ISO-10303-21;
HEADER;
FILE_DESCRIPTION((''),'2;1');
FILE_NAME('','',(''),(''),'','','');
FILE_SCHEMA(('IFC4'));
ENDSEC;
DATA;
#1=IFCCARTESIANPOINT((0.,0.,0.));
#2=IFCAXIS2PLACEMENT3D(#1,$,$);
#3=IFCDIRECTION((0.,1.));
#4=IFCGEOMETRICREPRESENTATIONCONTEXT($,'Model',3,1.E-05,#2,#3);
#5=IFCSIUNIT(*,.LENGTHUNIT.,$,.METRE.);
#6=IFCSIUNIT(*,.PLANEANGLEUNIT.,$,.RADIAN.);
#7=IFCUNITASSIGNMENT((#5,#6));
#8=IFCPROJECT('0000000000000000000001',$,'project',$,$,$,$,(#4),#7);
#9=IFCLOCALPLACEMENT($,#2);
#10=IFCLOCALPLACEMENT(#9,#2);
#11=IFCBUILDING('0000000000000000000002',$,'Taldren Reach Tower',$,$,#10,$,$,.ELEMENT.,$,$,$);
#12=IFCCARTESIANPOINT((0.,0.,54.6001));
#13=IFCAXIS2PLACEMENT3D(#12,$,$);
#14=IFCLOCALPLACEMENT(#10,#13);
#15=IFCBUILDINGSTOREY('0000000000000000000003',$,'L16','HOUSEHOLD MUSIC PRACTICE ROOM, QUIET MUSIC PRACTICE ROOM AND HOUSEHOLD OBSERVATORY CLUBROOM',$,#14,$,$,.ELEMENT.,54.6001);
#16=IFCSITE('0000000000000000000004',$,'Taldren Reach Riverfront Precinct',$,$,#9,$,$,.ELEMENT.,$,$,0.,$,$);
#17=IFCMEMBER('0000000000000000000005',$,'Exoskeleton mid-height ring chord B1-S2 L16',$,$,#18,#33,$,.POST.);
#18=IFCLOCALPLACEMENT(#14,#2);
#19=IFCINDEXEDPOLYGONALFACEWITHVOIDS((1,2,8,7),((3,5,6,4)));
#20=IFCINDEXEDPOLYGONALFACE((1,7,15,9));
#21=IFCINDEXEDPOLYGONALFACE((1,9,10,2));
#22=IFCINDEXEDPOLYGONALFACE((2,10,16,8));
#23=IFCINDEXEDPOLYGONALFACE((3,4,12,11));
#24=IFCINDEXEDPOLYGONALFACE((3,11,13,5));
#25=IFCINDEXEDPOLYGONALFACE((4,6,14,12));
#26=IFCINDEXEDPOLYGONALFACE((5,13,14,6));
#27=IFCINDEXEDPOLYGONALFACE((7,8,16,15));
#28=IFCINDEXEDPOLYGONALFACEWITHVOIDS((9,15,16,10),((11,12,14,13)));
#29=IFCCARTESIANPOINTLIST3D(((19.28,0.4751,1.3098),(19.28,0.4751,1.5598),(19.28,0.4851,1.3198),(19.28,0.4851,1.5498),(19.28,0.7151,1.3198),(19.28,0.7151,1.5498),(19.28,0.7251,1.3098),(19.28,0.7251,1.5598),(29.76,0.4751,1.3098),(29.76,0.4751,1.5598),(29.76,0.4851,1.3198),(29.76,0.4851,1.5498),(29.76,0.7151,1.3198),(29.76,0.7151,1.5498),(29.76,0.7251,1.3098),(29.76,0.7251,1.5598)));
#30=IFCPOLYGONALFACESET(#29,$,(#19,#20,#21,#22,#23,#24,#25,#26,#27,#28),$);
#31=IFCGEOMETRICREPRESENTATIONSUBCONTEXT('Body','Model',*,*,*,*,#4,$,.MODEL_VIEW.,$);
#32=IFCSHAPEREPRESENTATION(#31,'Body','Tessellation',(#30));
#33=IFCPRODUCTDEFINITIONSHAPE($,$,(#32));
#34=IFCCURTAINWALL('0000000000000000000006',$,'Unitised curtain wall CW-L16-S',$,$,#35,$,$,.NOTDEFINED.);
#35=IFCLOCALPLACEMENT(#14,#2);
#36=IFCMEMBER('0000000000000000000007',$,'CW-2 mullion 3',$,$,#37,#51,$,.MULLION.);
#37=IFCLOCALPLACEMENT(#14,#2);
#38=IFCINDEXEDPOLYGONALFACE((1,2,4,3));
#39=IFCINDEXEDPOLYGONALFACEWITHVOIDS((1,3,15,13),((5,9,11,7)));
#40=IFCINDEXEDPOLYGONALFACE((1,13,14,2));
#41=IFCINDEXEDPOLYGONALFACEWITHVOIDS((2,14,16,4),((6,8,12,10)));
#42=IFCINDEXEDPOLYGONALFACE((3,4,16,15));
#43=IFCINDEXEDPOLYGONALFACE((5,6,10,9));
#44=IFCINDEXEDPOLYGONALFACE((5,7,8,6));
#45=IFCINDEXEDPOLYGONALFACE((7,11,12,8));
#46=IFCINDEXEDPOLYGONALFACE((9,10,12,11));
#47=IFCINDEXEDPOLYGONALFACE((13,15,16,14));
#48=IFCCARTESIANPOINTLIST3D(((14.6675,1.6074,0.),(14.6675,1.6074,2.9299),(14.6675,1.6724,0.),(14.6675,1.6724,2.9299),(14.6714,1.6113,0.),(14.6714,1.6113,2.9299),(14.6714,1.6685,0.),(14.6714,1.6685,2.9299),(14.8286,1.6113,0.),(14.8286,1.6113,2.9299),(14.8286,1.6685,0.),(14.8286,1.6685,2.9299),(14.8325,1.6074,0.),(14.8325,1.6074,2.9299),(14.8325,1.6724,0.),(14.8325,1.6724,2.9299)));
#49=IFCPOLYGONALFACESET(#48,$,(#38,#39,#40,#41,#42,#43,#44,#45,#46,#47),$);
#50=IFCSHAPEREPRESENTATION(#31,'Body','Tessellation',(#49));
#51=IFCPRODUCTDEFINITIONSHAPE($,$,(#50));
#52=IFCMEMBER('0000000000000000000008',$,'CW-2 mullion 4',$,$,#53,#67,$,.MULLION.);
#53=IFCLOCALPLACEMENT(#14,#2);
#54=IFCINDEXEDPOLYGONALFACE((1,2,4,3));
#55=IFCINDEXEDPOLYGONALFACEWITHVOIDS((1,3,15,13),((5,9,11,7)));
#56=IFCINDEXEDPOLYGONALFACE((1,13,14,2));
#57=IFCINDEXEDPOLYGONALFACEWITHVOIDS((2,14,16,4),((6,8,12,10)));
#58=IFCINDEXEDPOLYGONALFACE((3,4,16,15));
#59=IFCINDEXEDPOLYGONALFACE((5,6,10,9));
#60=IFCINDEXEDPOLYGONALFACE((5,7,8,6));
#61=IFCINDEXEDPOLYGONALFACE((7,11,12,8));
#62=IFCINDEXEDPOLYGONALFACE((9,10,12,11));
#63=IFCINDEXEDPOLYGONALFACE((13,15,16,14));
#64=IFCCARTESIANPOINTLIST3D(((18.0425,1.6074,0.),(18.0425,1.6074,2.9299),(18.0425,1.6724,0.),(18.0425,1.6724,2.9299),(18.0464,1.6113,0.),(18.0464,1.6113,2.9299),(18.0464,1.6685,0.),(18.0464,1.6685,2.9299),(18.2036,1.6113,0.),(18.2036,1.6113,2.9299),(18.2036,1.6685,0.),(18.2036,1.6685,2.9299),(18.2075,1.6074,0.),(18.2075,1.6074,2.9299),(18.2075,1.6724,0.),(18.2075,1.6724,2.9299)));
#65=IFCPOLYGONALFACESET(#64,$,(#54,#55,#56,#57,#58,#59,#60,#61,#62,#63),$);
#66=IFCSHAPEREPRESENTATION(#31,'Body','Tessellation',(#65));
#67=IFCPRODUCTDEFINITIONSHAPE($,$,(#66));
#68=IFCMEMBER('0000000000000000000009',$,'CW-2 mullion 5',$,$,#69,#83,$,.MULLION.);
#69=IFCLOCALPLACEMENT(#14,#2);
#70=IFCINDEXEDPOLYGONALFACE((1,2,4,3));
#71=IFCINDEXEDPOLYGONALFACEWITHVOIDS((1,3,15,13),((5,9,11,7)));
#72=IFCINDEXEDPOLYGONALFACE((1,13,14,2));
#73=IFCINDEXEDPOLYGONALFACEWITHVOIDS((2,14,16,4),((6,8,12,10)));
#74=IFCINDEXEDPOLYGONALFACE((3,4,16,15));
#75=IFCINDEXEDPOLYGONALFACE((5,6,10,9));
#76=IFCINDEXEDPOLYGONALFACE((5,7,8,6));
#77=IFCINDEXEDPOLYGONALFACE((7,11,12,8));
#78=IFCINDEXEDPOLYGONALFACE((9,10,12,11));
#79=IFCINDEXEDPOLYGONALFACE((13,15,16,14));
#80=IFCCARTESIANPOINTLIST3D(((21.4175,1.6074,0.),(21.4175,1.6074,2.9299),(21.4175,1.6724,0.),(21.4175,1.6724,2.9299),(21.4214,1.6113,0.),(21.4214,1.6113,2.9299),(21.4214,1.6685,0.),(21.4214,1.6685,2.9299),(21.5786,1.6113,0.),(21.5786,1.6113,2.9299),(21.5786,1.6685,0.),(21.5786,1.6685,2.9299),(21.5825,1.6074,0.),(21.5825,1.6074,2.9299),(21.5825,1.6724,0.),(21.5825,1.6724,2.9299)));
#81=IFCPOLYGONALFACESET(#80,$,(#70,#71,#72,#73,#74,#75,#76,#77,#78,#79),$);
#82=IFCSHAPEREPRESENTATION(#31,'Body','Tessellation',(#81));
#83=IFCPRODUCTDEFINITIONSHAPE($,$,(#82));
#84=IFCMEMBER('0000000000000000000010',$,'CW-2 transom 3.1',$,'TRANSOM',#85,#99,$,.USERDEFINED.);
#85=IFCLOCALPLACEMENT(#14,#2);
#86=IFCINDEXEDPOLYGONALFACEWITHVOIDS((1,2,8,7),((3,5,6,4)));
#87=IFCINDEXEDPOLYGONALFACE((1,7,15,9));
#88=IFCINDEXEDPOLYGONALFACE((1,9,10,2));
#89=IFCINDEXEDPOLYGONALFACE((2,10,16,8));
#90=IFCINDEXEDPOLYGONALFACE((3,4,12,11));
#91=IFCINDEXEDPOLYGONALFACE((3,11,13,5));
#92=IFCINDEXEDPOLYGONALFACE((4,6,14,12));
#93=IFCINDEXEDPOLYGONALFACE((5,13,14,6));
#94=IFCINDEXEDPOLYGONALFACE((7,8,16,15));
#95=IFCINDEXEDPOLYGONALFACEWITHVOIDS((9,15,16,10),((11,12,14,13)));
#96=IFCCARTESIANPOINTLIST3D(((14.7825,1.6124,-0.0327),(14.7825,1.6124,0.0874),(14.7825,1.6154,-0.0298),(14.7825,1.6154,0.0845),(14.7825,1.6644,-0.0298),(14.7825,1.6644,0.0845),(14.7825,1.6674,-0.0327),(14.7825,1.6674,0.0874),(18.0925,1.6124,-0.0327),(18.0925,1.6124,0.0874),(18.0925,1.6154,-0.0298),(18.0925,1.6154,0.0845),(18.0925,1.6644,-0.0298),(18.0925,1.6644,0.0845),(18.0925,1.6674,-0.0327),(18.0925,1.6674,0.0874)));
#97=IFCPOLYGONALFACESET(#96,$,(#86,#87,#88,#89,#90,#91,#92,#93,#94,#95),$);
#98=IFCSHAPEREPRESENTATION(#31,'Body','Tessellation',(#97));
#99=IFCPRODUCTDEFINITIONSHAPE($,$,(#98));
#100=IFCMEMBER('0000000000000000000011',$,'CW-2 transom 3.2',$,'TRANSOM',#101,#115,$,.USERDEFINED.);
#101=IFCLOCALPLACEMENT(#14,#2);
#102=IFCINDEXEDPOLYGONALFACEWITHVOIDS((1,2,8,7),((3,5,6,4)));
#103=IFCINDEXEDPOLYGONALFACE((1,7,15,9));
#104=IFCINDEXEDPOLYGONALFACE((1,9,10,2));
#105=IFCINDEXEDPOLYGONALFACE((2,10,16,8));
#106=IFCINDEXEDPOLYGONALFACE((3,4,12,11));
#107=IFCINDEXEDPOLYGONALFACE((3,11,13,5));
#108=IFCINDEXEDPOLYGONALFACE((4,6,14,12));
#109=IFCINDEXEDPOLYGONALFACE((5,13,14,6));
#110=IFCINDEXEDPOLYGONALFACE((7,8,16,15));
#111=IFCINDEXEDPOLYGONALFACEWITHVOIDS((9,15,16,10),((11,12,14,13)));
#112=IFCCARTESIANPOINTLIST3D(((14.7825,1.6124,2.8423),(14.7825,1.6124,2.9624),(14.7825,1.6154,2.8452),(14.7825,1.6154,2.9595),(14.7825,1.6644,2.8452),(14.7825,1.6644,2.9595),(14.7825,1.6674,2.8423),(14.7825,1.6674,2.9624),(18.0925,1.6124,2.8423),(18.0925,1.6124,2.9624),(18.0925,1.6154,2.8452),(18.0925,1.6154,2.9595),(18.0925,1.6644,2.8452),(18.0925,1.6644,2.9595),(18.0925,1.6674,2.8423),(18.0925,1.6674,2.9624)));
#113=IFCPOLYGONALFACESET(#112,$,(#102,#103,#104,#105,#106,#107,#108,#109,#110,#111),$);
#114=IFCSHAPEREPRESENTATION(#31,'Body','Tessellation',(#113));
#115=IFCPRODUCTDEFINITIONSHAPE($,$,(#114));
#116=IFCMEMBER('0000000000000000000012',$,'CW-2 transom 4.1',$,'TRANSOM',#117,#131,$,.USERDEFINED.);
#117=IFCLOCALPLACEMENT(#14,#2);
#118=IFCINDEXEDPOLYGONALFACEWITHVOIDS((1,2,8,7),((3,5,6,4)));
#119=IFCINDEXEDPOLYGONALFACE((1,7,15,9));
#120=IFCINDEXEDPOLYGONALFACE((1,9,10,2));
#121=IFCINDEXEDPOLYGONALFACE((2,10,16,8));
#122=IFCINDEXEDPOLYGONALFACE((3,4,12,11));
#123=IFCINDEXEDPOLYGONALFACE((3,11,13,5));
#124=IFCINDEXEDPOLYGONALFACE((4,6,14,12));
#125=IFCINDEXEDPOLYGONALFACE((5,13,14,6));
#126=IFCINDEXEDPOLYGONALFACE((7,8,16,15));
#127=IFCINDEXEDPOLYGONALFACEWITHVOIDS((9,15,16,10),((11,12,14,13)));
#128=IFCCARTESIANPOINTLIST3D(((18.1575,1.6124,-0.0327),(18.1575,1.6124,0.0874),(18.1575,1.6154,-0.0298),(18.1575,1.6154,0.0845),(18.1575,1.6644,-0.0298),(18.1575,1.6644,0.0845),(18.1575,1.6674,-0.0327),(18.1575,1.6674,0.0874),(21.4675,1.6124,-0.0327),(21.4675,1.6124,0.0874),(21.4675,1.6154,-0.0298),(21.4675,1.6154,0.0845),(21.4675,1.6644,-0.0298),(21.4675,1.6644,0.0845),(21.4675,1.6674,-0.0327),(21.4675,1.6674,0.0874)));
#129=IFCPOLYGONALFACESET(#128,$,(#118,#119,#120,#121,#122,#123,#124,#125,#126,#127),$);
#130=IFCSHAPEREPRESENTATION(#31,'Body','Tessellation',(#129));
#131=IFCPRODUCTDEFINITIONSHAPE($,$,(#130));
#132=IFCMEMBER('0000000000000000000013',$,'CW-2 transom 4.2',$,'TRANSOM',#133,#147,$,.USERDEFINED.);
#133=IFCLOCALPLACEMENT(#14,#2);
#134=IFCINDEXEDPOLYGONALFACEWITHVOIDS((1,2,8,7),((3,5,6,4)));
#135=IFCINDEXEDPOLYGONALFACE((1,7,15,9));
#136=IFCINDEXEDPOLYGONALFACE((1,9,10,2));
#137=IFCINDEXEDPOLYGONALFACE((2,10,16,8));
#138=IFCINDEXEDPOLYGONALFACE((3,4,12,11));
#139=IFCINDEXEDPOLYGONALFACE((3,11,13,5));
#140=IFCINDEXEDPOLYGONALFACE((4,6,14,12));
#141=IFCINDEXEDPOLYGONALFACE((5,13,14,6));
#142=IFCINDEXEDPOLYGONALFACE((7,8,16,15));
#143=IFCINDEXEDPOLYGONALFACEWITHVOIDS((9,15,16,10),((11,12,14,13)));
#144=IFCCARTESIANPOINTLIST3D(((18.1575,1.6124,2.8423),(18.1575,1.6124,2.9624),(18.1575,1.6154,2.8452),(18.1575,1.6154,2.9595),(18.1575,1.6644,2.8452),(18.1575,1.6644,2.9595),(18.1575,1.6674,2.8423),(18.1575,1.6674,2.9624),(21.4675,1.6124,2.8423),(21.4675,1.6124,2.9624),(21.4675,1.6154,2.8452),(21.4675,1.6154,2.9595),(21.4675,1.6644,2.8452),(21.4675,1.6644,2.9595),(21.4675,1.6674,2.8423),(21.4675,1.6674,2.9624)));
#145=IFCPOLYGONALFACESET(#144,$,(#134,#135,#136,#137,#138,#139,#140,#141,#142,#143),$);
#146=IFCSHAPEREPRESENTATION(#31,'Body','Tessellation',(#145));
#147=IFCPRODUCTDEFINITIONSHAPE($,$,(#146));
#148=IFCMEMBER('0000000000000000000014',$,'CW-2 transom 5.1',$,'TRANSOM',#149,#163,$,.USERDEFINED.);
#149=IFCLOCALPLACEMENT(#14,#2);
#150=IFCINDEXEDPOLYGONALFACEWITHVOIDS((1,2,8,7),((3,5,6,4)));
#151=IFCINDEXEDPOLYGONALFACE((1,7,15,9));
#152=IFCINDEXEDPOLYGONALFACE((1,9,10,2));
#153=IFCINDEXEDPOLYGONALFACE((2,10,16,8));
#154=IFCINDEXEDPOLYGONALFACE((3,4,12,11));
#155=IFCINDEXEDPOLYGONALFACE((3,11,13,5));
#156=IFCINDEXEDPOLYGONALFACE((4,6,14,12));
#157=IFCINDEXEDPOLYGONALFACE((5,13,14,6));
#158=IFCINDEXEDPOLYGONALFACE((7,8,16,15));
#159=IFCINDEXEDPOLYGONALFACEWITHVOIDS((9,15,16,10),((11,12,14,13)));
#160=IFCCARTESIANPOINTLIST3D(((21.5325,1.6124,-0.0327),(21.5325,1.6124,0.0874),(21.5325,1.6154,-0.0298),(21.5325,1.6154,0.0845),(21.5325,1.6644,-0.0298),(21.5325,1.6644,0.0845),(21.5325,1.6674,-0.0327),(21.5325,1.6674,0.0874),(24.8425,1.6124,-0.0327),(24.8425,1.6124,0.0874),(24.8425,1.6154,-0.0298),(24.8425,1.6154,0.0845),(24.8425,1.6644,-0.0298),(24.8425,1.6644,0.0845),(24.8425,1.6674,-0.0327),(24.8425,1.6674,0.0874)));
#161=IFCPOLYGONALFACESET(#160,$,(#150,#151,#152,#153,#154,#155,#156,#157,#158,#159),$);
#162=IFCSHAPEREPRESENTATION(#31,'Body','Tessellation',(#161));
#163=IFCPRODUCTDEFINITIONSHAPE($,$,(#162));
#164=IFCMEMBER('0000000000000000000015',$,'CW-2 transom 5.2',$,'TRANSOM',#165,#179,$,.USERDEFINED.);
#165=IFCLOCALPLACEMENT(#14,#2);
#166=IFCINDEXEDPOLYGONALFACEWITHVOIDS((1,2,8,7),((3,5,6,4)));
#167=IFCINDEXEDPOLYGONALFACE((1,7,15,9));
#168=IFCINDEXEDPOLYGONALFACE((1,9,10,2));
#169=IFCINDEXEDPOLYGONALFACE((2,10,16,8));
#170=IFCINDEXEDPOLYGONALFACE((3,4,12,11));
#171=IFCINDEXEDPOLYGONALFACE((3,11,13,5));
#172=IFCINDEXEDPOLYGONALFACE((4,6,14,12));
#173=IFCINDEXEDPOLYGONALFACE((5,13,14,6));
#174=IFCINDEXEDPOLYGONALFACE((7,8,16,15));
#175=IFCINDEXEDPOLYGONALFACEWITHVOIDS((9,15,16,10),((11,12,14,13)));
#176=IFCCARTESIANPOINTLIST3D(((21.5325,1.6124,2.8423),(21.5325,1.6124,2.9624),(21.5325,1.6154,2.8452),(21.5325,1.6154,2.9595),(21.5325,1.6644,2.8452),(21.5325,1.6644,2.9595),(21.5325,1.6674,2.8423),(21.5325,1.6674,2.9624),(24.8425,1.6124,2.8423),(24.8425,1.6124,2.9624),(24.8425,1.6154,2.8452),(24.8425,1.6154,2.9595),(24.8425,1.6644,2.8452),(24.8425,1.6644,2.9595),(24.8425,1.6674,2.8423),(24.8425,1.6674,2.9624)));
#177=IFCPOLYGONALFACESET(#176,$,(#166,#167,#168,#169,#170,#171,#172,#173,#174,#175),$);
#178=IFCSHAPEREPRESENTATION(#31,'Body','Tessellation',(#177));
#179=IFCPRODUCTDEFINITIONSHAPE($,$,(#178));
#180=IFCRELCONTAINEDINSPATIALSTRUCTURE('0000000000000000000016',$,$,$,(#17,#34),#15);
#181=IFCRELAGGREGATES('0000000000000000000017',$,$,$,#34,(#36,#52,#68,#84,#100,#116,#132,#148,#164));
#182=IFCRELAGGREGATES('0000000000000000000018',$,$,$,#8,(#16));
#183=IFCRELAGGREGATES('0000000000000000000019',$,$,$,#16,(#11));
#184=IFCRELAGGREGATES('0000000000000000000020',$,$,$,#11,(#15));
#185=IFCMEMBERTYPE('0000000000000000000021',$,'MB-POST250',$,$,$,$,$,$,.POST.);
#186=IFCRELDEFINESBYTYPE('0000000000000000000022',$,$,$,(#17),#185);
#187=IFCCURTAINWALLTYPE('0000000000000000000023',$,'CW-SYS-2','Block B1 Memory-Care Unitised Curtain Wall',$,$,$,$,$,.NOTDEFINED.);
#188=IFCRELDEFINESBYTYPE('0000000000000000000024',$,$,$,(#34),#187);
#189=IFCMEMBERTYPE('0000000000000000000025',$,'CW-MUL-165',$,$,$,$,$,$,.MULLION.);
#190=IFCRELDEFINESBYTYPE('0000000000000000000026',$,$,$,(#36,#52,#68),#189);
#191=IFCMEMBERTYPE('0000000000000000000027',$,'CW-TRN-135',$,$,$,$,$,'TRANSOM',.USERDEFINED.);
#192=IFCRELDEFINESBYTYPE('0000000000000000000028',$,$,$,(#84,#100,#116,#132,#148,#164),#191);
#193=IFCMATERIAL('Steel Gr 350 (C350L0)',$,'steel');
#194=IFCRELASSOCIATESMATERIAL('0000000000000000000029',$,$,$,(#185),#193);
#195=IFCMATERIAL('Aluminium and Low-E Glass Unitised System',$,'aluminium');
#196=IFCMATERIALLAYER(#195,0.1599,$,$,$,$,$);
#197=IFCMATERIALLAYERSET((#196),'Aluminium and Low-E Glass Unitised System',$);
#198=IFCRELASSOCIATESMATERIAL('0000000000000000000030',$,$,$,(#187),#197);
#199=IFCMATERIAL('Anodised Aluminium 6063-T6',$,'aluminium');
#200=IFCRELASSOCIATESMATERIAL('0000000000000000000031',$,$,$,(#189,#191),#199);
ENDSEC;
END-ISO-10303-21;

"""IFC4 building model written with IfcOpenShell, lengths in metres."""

from ifc_helpers import new_model, si_unit, direction, frame, origin, origin_2d, place, context, subcontext, project, spatial, hollow_rectangle, extrude, source, transform, mapped, material, layer, layer_set, material_profile, profile_set, type_object, element, aggregate, save


model = new_model("IFC4")

# Units and contexts
model_context = context("Model", 3, precision=1e-05, world=origin(), true_north=direction((0.0, 1.0)))
body_context = subcontext(model_context, "Body", "Model", "MODEL_VIEW")
ifc_project = project(units=[si_unit("LENGTHUNIT", "METRE"), si_unit("PLANEANGLEUNIT", "RADIAN")], contexts=[model_context])

# Site, building, storey
site_placement = place(None, origin())
site = spatial("IfcSite", under=ifc_project, at=site_placement, Name="Taldren Reach Riverfront Precinct", CompositionType="ELEMENT", RefElevation=0.0)
building_placement = place(site_placement, origin())
building = spatial("IfcBuilding", under=site, at=building_placement, Name="Taldren Reach Tower", CompositionType="ELEMENT")
storey_placement = place(building_placement, frame((0.0, 0.0, 54.6001)))
storey = spatial("IfcBuildingStorey", under=building, at=storey_placement, Name="L16", Description="HOUSEHOLD MUSIC PRACTICE ROOM, QUIET MUSIC PRACTICE ROOM AND HOUSEHOLD OBSERVATORY CLUBROOM", CompositionType="ELEMENT", Elevation=54.6001)

# Member
ifc_material_1 = material(Name="Steel Gr 350 (C350L0)", Category="steel")
ifc_material_profile_1 = material_profile(ifc_material_1, hollow_rectangle(XDim=0.25, YDim=0.25, WallThickness=0.01, at=origin_2d()), Name="250x250x10.0SHS")
ifc_profile_set_1 = profile_set([ifc_material_profile_1], Name="Steel Gr 350 (C350L0)")
member_type_1 = type_object("IfcMemberType", Name="MB-POST250", PredefinedType="POST", material=ifc_profile_set_1)
shared_shape_1 = source(origin(), body_context, "Body", "SweptSolid", [
    extrude(hollow_rectangle(XDim=0.25, YDim=0.25, WallThickness=0.01, at=origin_2d()), origin(), (0.0, 0.0, 1.0), 10.48),
])
member_1_placement = place(storey_placement, frame((19.28, 0.6001, 1.4348), z_axis=(1.0, 0.0, 0.0), x_axis=(0.0, 1.0, 0.0)))
element("IfcMember", 1, at=member_1_placement, inside=storey, type_object=member_type_1, Name="Exoskeleton mid-height ring chord B1-S2 L16", PredefinedType="POST", context=body_context, shape_type="MappedRepresentation", body=[
    mapped(shared_shape_1, transform((0.0, 0.0, 0.0), scale=1.0)),
])

# Curtain wall, members
ifc_material_2 = material(Name="Aluminium and Low-E Glass Unitised System", Category="aluminium")
ifc_layer_1 = layer(ifc_material_2, 0.1599)
ifc_layer_set_1 = layer_set([ifc_layer_1], Name="Aluminium and Low-E Glass Unitised System")
curtain_wall_type = type_object("IfcCurtainWallType", Name="CW-SYS-2", Description="Block B1 Memory-Care Unitised Curtain Wall", PredefinedType="NOTDEFINED", material=ifc_layer_set_1)
curtain_wall_placement = place(storey_placement, origin())
curtain_wall = element("IfcCurtainWall", 2, at=curtain_wall_placement, inside=storey, type_object=curtain_wall_type, Name="Unitised curtain wall CW-L16-S", PredefinedType="NOTDEFINED")
ifc_material_3 = material(Name="Anodised Aluminium 6063-T6", Category="aluminium")
ifc_material_profile_2 = material_profile(ifc_material_3, hollow_rectangle(XDim=0.0649, YDim=0.165, WallThickness=0.0039, at=origin_2d()), Name="ALU-165x65x4RHS")
ifc_profile_set_2 = profile_set([ifc_material_profile_2], Name="Anodised Aluminium 6063-T6")
member_type_2 = type_object("IfcMemberType", Name="CW-MUL-165", PredefinedType="MULLION", material=ifc_profile_set_2)
shared_shape_2 = source(origin(), body_context, "Body", "SweptSolid", [
    extrude(hollow_rectangle(XDim=0.0649, YDim=0.165, WallThickness=0.0039, at=origin_2d()), origin(), (0.0, 0.0, 1.0), 2.9299),
])
member_2_placement = place(storey_placement, frame((14.75, 1.6399, 0.0), z_axis=(0.0, 0.0, 1.0), x_axis=(0.0, 1.0, 0.0)))
member_2 = element("IfcMember", 3, at=member_2_placement, type_object=member_type_2, Name="CW-2 mullion 3", PredefinedType="MULLION", context=body_context, shape_type="MappedRepresentation", body=[
    mapped(shared_shape_2, transform((0.0, 0.0, 0.0), scale=1.0)),
])
member_3_placement = place(storey_placement, frame((18.125, 1.6399, 0.0), z_axis=(0.0, 0.0, 1.0), x_axis=(0.0, 1.0, 0.0)))
member_3 = element("IfcMember", 4, at=member_3_placement, type_object=member_type_2, Name="CW-2 mullion 4", PredefinedType="MULLION", context=body_context, shape_type="MappedRepresentation", body=[
    mapped(shared_shape_2, transform((0.0, 0.0, 0.0), scale=1.0)),
])
member_4_placement = place(storey_placement, frame((21.5, 1.6399, 0.0), z_axis=(0.0, 0.0, 1.0), x_axis=(0.0, 1.0, 0.0)))
member_4 = element("IfcMember", 5, at=member_4_placement, type_object=member_type_2, Name="CW-2 mullion 5", PredefinedType="MULLION", context=body_context, shape_type="MappedRepresentation", body=[
    mapped(shared_shape_2, transform((0.0, 0.0, 0.0), scale=1.0)),
])
ifc_material_profile_3 = material_profile(ifc_material_3, hollow_rectangle(XDim=0.0549, YDim=0.1201, WallThickness=0.0029, at=origin_2d()), Name="ALU-120x55x3RHS")
ifc_profile_set_3 = profile_set([ifc_material_profile_3], Name="Anodised Aluminium 6063-T6")
member_type_3 = type_object("IfcMemberType", Name="CW-TRN-135", ElementType="TRANSOM", PredefinedType="USERDEFINED", material=ifc_profile_set_3)
shared_shape_3 = source(origin(), body_context, "Body", "SweptSolid", [
    extrude(hollow_rectangle(XDim=0.0549, YDim=0.1201, WallThickness=0.0029, at=origin_2d()), origin(), (0.0, 0.0, 1.0), 3.3101),
])
member_5_placement = place(storey_placement, frame((14.7825, 1.6399, 0.0273), z_axis=(1.0, 0.0, 0.0), x_axis=(0.0, 1.0, 0.0)))
member_5 = element("IfcMember", 6, at=member_5_placement, type_object=member_type_3, Name="CW-2 transom 3.1", ObjectType="TRANSOM", PredefinedType="USERDEFINED", context=body_context, shape_type="MappedRepresentation", body=[
    mapped(shared_shape_3, transform((0.0, 0.0, 0.0), scale=1.0)),
])
member_6_placement = place(storey_placement, frame((14.7825, 1.6399, 2.9023), z_axis=(1.0, 0.0, 0.0), x_axis=(0.0, 1.0, 0.0)))
member_6 = element("IfcMember", 7, at=member_6_placement, type_object=member_type_3, Name="CW-2 transom 3.2", ObjectType="TRANSOM", PredefinedType="USERDEFINED", context=body_context, shape_type="MappedRepresentation", body=[
    mapped(shared_shape_3, transform((0.0, 0.0, 0.0), scale=1.0)),
])
member_7_placement = place(storey_placement, frame((18.1575, 1.6399, 0.0273), z_axis=(1.0, 0.0, 0.0), x_axis=(0.0, 1.0, 0.0)))
member_7 = element("IfcMember", 8, at=member_7_placement, type_object=member_type_3, Name="CW-2 transom 4.1", ObjectType="TRANSOM", PredefinedType="USERDEFINED", context=body_context, shape_type="MappedRepresentation", body=[
    mapped(shared_shape_3, transform((0.0, 0.0, 0.0), scale=1.0)),
])
member_8_placement = place(storey_placement, frame((18.1575, 1.6399, 2.9023), z_axis=(1.0, 0.0, 0.0), x_axis=(0.0, 1.0, 0.0)))
member_8 = element("IfcMember", 9, at=member_8_placement, type_object=member_type_3, Name="CW-2 transom 4.2", ObjectType="TRANSOM", PredefinedType="USERDEFINED", context=body_context, shape_type="MappedRepresentation", body=[
    mapped(shared_shape_3, transform((0.0, 0.0, 0.0), scale=1.0)),
])
member_9_placement = place(storey_placement, frame((21.5325, 1.6399, 0.0273), z_axis=(1.0, 0.0, 0.0), x_axis=(0.0, 1.0, 0.0)))
member_9 = element("IfcMember", 10, at=member_9_placement, type_object=member_type_3, Name="CW-2 transom 5.1", ObjectType="TRANSOM", PredefinedType="USERDEFINED", context=body_context, shape_type="MappedRepresentation", body=[
    mapped(shared_shape_3, transform((0.0, 0.0, 0.0), scale=1.0)),
])
member_10_placement = place(storey_placement, frame((21.5325, 1.6399, 2.9023), z_axis=(1.0, 0.0, 0.0), x_axis=(0.0, 1.0, 0.0)))
member_10 = element("IfcMember", 11, at=member_10_placement, type_object=member_type_3, Name="CW-2 transom 5.2", ObjectType="TRANSOM", PredefinedType="USERDEFINED", context=body_context, shape_type="MappedRepresentation", body=[
    mapped(shared_shape_3, transform((0.0, 0.0, 0.0), scale=1.0)),
])

aggregate(curtain_wall, [member_2, member_3, member_4, member_5, member_6, member_7, member_8, member_9, member_10])

save(model, "model.ifc")
